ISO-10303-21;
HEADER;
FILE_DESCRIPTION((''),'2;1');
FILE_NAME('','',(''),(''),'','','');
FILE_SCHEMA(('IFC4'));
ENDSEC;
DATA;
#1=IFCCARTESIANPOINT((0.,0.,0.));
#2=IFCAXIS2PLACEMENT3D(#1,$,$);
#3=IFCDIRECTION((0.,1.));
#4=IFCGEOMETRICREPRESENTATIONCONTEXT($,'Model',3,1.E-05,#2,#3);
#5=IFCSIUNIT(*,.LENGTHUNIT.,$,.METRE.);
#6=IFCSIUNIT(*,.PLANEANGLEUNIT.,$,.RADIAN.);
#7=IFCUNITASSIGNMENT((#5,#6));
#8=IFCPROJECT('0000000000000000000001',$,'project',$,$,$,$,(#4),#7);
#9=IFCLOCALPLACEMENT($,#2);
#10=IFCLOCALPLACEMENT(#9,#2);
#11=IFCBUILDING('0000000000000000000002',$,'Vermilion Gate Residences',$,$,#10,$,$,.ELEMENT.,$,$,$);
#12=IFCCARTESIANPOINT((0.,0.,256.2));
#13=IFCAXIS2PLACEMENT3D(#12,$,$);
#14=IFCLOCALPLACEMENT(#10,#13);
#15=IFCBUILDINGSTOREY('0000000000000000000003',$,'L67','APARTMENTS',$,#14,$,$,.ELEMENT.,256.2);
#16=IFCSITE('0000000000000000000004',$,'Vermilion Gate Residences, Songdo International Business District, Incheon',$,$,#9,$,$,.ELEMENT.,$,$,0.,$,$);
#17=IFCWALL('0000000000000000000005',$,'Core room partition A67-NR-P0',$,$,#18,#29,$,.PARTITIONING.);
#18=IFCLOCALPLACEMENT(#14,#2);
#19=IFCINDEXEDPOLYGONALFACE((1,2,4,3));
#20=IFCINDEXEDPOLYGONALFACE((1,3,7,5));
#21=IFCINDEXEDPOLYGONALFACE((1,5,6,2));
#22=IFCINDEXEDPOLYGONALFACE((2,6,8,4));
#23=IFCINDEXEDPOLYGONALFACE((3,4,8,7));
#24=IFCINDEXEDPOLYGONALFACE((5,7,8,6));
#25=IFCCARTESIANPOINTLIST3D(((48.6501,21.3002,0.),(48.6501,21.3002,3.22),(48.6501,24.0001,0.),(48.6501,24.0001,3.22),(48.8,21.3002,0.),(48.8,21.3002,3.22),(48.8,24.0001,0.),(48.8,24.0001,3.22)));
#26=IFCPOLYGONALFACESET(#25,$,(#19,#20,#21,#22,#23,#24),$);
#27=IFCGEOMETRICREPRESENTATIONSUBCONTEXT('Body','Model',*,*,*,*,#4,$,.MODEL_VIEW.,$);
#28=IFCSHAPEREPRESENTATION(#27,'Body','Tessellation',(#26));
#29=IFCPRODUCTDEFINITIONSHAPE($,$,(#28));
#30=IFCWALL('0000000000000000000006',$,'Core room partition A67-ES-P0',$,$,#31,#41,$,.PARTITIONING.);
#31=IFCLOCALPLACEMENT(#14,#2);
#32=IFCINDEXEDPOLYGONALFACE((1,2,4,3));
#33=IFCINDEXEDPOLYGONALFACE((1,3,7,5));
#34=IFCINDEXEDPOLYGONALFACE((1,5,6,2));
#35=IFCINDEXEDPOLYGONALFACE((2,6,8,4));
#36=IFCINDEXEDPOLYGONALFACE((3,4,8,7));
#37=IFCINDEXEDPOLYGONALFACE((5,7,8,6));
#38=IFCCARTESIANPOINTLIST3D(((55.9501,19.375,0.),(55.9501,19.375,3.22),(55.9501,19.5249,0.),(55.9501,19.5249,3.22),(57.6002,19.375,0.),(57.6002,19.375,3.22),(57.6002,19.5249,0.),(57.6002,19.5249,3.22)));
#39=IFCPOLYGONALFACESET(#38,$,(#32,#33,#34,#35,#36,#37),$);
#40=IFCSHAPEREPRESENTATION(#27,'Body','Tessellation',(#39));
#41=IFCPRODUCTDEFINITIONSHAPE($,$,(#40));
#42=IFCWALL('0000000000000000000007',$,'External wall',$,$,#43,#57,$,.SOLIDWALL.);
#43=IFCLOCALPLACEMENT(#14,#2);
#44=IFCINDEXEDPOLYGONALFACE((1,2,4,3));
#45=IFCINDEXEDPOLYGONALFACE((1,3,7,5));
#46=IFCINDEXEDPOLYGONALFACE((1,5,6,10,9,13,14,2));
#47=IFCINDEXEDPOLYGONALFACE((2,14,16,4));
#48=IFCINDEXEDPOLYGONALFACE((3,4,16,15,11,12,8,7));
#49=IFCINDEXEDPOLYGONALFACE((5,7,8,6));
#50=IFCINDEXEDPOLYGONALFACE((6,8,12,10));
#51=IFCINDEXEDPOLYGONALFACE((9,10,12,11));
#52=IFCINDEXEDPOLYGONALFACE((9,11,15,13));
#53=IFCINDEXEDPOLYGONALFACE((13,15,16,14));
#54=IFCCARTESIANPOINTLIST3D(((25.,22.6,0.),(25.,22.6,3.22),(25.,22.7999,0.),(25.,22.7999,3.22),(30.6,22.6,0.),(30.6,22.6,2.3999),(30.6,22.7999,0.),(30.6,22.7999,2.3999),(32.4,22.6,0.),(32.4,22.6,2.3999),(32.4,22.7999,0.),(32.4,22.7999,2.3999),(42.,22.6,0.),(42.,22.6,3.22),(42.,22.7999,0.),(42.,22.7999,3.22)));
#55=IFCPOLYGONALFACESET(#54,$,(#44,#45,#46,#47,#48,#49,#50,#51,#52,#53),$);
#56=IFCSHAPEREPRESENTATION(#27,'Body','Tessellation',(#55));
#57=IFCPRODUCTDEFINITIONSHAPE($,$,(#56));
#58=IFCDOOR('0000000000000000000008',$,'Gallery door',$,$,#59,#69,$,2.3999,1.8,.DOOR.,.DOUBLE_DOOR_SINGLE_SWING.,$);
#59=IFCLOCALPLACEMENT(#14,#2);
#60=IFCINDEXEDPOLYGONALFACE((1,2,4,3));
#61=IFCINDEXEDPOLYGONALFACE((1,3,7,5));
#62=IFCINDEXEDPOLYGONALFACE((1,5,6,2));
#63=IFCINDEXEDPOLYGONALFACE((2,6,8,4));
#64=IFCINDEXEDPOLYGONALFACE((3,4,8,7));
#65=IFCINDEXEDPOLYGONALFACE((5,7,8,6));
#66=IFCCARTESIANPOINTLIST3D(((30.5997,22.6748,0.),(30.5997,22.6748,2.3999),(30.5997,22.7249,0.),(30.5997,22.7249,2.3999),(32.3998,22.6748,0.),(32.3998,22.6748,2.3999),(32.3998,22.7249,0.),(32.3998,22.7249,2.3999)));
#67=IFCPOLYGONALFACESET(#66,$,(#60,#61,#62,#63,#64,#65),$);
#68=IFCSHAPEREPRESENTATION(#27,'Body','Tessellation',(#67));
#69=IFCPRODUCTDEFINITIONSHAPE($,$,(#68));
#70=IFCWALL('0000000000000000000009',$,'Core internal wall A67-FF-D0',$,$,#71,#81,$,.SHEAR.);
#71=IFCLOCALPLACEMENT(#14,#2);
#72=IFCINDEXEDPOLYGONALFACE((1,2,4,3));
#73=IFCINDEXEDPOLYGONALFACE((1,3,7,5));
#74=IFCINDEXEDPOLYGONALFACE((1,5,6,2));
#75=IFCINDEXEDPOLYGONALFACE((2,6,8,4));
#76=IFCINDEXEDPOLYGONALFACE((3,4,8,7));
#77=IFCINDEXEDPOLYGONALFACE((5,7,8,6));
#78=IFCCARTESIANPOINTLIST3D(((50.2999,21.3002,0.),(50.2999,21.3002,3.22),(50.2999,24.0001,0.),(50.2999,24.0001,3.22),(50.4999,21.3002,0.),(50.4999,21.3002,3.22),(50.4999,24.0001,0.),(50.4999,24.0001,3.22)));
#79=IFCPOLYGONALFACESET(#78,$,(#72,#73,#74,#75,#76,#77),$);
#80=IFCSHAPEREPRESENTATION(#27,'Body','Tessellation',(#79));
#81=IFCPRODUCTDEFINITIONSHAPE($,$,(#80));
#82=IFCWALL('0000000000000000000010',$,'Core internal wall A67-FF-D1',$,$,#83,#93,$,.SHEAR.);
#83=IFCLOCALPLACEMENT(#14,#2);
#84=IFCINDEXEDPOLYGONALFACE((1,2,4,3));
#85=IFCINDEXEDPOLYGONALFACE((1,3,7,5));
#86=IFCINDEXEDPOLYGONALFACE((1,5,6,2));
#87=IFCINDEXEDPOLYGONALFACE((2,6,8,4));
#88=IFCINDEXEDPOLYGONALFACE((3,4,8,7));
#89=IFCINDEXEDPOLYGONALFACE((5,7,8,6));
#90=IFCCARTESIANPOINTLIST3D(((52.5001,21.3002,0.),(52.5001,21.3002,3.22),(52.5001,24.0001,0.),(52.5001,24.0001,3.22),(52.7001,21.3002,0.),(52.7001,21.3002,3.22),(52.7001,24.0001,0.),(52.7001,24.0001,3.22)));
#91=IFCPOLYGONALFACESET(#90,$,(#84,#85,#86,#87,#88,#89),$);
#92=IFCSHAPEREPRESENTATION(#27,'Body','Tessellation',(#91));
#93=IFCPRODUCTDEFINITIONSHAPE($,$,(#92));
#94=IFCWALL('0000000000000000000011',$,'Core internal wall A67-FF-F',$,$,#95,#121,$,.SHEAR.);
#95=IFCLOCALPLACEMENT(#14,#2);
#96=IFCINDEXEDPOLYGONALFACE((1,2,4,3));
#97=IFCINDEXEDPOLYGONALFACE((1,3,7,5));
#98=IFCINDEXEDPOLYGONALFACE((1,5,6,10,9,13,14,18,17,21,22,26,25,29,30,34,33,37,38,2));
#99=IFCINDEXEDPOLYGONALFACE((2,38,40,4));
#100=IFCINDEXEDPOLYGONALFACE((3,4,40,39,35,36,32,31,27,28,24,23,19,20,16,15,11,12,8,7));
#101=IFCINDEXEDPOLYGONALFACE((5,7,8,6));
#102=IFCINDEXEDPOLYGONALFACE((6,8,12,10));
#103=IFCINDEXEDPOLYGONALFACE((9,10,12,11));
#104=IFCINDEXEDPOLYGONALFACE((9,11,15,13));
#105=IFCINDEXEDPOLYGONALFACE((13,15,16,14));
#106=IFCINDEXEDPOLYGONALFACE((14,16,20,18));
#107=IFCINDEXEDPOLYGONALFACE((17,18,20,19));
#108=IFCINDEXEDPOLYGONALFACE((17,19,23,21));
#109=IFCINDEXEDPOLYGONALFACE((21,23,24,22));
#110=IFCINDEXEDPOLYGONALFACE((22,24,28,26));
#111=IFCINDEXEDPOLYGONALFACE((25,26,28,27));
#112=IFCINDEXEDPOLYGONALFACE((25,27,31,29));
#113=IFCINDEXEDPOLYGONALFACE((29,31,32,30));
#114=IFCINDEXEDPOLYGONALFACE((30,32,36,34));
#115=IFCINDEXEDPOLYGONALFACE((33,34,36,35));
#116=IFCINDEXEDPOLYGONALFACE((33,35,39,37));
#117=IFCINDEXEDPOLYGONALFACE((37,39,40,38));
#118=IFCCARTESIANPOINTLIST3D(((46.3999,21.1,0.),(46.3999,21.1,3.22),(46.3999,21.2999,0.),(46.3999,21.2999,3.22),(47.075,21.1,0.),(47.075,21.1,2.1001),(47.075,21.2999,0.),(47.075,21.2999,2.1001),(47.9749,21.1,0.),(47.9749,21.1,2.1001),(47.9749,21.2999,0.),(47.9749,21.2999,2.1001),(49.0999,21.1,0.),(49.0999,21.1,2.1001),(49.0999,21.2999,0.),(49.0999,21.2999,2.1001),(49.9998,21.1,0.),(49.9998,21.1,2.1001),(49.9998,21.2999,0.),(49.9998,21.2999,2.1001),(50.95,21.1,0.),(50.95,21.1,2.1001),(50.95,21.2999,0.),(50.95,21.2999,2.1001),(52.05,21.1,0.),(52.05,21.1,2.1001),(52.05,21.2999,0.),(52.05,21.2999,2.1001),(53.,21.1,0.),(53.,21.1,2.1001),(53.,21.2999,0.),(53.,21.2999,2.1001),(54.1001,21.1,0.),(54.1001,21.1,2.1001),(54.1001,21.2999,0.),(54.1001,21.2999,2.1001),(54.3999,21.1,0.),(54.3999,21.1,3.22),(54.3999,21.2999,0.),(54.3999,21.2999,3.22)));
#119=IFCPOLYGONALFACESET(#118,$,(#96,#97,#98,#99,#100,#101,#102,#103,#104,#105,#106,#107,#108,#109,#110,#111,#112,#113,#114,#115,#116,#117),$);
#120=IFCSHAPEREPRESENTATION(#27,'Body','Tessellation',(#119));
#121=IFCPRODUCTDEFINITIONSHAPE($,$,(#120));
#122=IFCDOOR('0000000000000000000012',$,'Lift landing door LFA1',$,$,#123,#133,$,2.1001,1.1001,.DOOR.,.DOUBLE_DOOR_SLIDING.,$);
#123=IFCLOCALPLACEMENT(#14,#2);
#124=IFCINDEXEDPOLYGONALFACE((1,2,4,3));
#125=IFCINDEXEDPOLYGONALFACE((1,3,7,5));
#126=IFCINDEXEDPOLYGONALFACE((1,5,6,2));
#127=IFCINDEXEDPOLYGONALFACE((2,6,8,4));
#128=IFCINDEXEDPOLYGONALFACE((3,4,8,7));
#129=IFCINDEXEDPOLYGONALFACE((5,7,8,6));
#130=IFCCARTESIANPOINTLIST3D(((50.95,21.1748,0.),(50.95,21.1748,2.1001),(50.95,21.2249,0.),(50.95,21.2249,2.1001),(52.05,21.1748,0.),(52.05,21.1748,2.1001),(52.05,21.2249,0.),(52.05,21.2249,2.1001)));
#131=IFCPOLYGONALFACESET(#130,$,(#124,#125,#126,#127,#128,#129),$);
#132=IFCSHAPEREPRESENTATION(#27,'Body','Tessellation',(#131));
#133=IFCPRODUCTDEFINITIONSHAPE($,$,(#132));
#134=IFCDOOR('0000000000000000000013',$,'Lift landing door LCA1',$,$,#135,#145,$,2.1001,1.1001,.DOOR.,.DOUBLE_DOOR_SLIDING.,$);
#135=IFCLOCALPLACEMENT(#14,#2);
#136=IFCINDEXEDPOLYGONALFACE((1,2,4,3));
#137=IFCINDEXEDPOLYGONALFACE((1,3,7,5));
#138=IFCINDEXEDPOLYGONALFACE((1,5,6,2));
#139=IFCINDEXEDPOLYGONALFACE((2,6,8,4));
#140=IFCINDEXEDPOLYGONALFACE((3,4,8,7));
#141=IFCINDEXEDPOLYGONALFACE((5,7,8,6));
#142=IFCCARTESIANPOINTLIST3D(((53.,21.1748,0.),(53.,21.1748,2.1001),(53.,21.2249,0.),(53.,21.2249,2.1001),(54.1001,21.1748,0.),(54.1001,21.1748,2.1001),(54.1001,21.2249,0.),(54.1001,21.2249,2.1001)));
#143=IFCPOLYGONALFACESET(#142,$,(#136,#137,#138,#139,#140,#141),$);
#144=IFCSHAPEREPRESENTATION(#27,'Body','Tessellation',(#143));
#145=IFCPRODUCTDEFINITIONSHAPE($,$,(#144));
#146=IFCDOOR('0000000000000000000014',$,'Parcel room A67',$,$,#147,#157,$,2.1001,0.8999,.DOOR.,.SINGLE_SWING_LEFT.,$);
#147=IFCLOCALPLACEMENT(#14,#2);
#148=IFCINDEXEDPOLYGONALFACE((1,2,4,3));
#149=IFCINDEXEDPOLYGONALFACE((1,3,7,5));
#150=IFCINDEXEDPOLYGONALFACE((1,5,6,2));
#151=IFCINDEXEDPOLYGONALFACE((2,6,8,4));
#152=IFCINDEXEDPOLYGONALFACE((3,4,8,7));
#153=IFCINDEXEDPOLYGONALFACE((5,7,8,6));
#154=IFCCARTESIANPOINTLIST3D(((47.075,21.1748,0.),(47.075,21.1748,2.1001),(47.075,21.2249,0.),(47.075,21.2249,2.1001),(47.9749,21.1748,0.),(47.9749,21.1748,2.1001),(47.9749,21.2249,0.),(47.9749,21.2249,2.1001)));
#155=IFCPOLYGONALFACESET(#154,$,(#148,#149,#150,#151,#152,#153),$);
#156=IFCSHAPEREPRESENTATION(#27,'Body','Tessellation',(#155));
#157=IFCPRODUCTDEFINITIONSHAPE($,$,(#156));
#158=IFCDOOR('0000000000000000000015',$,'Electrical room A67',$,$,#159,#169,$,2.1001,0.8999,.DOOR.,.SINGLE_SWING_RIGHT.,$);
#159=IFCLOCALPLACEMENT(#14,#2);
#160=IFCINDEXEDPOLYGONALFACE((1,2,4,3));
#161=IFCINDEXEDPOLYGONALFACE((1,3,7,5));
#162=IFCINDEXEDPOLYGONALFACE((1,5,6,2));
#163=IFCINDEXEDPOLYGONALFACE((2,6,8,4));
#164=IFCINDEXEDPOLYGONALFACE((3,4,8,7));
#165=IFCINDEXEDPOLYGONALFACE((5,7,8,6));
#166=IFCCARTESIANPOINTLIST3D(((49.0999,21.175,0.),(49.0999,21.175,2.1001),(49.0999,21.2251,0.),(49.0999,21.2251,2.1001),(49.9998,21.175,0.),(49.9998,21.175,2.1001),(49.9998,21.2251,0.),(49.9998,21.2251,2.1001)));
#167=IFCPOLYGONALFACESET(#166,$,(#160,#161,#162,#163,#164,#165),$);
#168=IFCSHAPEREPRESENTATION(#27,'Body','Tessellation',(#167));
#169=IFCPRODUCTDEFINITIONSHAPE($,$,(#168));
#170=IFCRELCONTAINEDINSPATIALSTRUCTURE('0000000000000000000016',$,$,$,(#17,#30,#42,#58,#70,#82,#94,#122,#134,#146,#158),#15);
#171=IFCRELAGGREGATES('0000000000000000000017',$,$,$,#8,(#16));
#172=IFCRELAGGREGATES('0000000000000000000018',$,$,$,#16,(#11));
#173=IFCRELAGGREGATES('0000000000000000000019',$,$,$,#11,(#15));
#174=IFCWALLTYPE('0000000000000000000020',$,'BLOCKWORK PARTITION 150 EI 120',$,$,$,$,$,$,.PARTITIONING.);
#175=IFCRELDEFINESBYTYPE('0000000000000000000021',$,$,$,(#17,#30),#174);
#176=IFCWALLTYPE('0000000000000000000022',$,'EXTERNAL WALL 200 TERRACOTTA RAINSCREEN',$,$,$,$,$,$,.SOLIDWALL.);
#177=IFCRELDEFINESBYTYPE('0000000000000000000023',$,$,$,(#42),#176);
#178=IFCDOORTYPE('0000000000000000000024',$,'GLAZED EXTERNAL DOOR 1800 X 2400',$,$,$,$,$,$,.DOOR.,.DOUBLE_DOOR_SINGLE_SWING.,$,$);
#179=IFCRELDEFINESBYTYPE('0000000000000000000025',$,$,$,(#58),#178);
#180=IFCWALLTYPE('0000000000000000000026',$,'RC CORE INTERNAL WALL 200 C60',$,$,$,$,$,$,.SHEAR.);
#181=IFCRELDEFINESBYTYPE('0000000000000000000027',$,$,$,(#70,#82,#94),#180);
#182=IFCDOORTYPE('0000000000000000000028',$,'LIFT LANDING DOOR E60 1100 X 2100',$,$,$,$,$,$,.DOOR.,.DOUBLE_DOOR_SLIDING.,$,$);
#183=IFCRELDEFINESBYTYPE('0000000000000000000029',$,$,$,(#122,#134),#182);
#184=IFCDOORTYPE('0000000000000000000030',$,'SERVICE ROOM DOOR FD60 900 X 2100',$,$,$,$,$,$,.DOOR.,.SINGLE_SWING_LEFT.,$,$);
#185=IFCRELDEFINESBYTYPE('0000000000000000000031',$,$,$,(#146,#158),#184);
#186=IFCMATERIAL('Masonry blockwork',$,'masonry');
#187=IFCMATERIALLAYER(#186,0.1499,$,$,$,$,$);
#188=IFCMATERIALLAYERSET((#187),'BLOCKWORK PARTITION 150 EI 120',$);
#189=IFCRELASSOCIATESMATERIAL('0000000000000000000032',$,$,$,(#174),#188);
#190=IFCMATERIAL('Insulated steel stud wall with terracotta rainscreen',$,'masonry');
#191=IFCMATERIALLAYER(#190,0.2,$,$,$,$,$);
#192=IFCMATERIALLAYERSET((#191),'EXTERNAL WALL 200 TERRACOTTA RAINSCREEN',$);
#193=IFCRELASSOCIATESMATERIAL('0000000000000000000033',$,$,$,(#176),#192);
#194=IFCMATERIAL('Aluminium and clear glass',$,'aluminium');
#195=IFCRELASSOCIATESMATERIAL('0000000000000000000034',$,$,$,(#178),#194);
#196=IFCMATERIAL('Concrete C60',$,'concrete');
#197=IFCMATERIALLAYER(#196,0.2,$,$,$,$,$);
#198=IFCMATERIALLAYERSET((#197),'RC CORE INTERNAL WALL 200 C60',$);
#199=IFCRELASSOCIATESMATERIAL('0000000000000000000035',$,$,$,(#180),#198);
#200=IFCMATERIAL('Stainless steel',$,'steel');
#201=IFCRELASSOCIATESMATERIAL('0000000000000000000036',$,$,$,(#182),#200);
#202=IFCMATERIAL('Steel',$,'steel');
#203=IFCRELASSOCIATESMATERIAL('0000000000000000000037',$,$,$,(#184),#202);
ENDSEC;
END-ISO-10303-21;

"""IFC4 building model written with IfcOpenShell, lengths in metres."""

from ifc_helpers import new_model, si_unit, direction, frame, frame_2d, origin, place, context, subcontext, project, spatial, rectangle, extrude, material, layer, layer_set, type_object, element, fill, save


model = new_model("IFC4")

# Units and contexts
model_context = context("Model", 3, precision=1e-05, world=origin(), true_north=direction((0.0, 1.0)))
body_context = subcontext(model_context, "Body", "Model", "MODEL_VIEW")
ifc_project = project(units=[si_unit("LENGTHUNIT", "METRE"), si_unit("PLANEANGLEUNIT", "RADIAN")], contexts=[model_context])

# Site, building, storey
site_placement = place(None, origin())
site = spatial("IfcSite", under=ifc_project, at=site_placement, Name="Vermilion Gate Residences, Songdo International Business District, Incheon", CompositionType="ELEMENT", RefElevation=0.0)
building_placement = place(site_placement, origin())
building = spatial("IfcBuilding", under=site, at=building_placement, Name="Vermilion Gate Residences", CompositionType="ELEMENT")
storey_placement = place(building_placement, frame((0.0, 0.0, 256.2)))
storey = spatial("IfcBuildingStorey", under=building, at=storey_placement, Name="L67", Description="APARTMENTS", CompositionType="ELEMENT", Elevation=256.2)

# Walls
ifc_material_1 = material(Name="Masonry blockwork", Category="masonry")
ifc_layer_1 = layer(ifc_material_1, 0.1499)
ifc_layer_set_1 = layer_set([ifc_layer_1], Name="BLOCKWORK PARTITION 150 EI 120")
wall_type_1 = type_object("IfcWallType", Name="BLOCKWORK PARTITION 150 EI 120", PredefinedType="PARTITIONING", material=ifc_layer_set_1)
wall_1_placement = place(storey_placement, frame((48.7251, 21.3, 0.0), z_axis=(0.0, 0.0, 1.0), x_axis=(0.0, 1.0, 0.0)))
element("IfcWall", 1, at=wall_1_placement, inside=storey, type_object=wall_type_1, Name="Core room partition A67-NR-P0", PredefinedType="PARTITIONING", context=body_context, shape_type="SweptSolid", body=[
    extrude(rectangle(XDim=2.7, YDim=0.1499, at=frame_2d((1.3501, 0.0))), origin(), (0.0, 0.0, 1.0), 3.22),
])
wall_2_placement = place(storey_placement, frame((55.95, 19.45, 0.0), z_axis=(0.0, 0.0, 1.0), x_axis=(1.0, 0.0, 0.0)))
element("IfcWall", 2, at=wall_2_placement, inside=storey, type_object=wall_type_1, Name="Core room partition A67-ES-P0", PredefinedType="PARTITIONING", context=body_context, shape_type="SweptSolid", body=[
    extrude(rectangle(XDim=1.6501, YDim=0.1499, at=frame_2d((0.8252, 0.0))), origin(), (0.0, 0.0, 1.0), 3.22),
])

# Wall, opening, door
ifc_material_2 = material(Name="Insulated steel stud wall with terracotta rainscreen", Category="masonry")
ifc_layer_2 = layer(ifc_material_2, 0.2)
ifc_layer_set_2 = layer_set([ifc_layer_2], Name="EXTERNAL WALL 200 TERRACOTTA RAINSCREEN")
wall_type_2 = type_object("IfcWallType", Name="EXTERNAL WALL 200 TERRACOTTA RAINSCREEN", PredefinedType="SOLIDWALL", material=ifc_layer_set_2)
wall_3_placement = place(storey_placement, frame((42.0, 22.7, 0.0), z_axis=(0.0, 0.0, 1.0), x_axis=(-1.0, 0.0, 0.0)))
wall_3 = element("IfcWall", 3, at=wall_3_placement, inside=storey, type_object=wall_type_2, Name="External wall", PredefinedType="SOLIDWALL", context=body_context, shape_type="SweptSolid", body=[
    extrude(rectangle(XDim=17.0, YDim=0.2, at=frame_2d((8.5, 0.0))), origin(), (0.0, 0.0, 1.0), 3.22),
])
opening_1_placement = place(wall_3_placement, frame((9.6001, 0.0, 0.0)))
opening_1 = element("IfcOpeningElement", 4, at=opening_1_placement, cuts=wall_3, PredefinedType="OPENING", context=body_context, shape_type="SweptSolid", body=[
    extrude(rectangle(XDim=1.8, YDim=2.3999, at=frame_2d((0.8999, 1.2))), frame((0.0, 0.1099, 0.0), z_axis=(0.0, -1.0, 0.0), x_axis=(1.0, 0.0, 0.0)), (0.0, 0.0, 1.0), 0.22),
])
ifc_material_3 = material(Name="Aluminium and clear glass", Category="aluminium")
door_type_1 = type_object("IfcDoorType", Name="GLAZED EXTERNAL DOOR 1800 X 2400", OperationType="DOUBLE_DOOR_SINGLE_SWING", PredefinedType="DOOR", material=ifc_material_3)
door_1_placement = place(opening_1_placement, frame((1.8, 0.0, 0.0), z_axis=(0.0, 0.0, 1.0), x_axis=(-1.0, 0.0, 0.0)))
door_1 = element("IfcDoor", 5, at=door_1_placement, inside=storey, type_object=door_type_1, Name="Gallery door", OperationType="DOUBLE_DOOR_SINGLE_SWING", OverallHeight=2.3999, OverallWidth=1.8, PredefinedType="DOOR", context=body_context, shape_type="SweptSolid", body=[
    extrude(rectangle(XDim=1.8, YDim=2.3999, at=frame_2d((0.8999, 1.2))), frame((0.0, 0.0249, 0.0), z_axis=(0.0, -1.0, 0.0), x_axis=(1.0, 0.0, 0.0)), (0.0, 0.0, 1.0), 0.05),
])
fill(opening_1, door_1)

# Walls
ifc_material_4 = material(Name="Concrete C60", Category="concrete")
ifc_layer_3 = layer(ifc_material_4, 0.2)
ifc_layer_set_3 = layer_set([ifc_layer_3], Name="RC CORE INTERNAL WALL 200 C60")
wall_type_3 = type_object("IfcWallType", Name="RC CORE INTERNAL WALL 200 C60", PredefinedType="SHEAR", material=ifc_layer_set_3)
for number, where, z_axis, x_axis, name in (
    (6, (50.3999, 21.3, 0.0), (0.0, 0.0, 1.0), (0.0, 1.0, 0.0), "Core internal wall A67-FF-D0"),
    (7, (52.6001, 21.3, 0.0), (0.0, 0.0, 1.0), (0.0, 1.0, 0.0), "Core internal wall A67-FF-D1"),
):
    element("IfcWall", number, at=place(storey_placement, frame(where, z_axis=z_axis, x_axis=x_axis)), inside=storey, type_object=wall_type_3, Name=name, PredefinedType="SHEAR", context=body_context, shape_type="SweptSolid", body=[
        extrude(rectangle(XDim=2.7, YDim=0.2, at=frame_2d((1.3501, 0.0))), origin(), (0.0, 0.0, 1.0), 3.22),
    ])

# Wall, openings, doors
wall_4_placement = place(storey_placement, frame((46.3999, 21.2, 0.0), z_axis=(0.0, 0.0, 1.0), x_axis=(1.0, 0.0, 0.0)))
wall_4 = element("IfcWall", 8, at=wall_4_placement, inside=storey, type_object=wall_type_3, Name="Core internal wall A67-FF-F", PredefinedType="SHEAR", context=body_context, shape_type="SweptSolid", body=[
    extrude(rectangle(XDim=8.0, YDim=0.2, at=frame_2d((4.0, 0.0))), origin(), (0.0, 0.0, 1.0), 3.22),
])
opening_2_placement = place(wall_4_placement, frame((0.675, 0.0, 0.0)))
opening_2 = element("IfcOpeningElement", 9, at=opening_2_placement, cuts=wall_4, PredefinedType="OPENING", context=body_context, shape_type="SweptSolid", body=[
    extrude(rectangle(XDim=0.8999, YDim=2.1001, at=frame_2d((0.45, 1.05))), frame((0.0, 0.1099, 0.0), z_axis=(0.0, -1.0, 0.0), x_axis=(1.0, 0.0, 0.0)), (0.0, 0.0, 1.0), 0.22),
])
opening_3_placement = place(wall_4_placement, frame((2.7, 0.0, 0.0)))
opening_3 = element("IfcOpeningElement", 10, at=opening_3_placement, cuts=wall_4, PredefinedType="OPENING", context=body_context, shape_type="SweptSolid", body=[
    extrude(rectangle(XDim=0.8999, YDim=2.1001, at=frame_2d((0.45, 1.05))), frame((0.0, 0.1099, 0.0), z_axis=(0.0, -1.0, 0.0), x_axis=(1.0, 0.0, 0.0)), (0.0, 0.0, 1.0), 0.22),
])
opening_4_placement = place(wall_4_placement, frame((4.55, 0.0, 0.0)))
opening_4 = element("IfcOpeningElement", 11, at=opening_4_placement, cuts=wall_4, PredefinedType="OPENING", context=body_context, shape_type="SweptSolid", body=[
    extrude(rectangle(XDim=1.1001, YDim=2.1001, at=frame_2d((0.55, 1.05))), frame((0.0, 0.1099, 0.0), z_axis=(0.0, -1.0, 0.0), x_axis=(1.0, 0.0, 0.0)), (0.0, 0.0, 1.0), 0.22),
])
opening_5_placement = place(wall_4_placement, frame((6.6001, 0.0, 0.0)))
opening_5 = element("IfcOpeningElement", 12, at=opening_5_placement, cuts=wall_4, PredefinedType="OPENING", context=body_context, shape_type="SweptSolid", body=[
    extrude(rectangle(XDim=1.1001, YDim=2.1001, at=frame_2d((0.55, 1.05))), frame((0.0, 0.1099, 0.0), z_axis=(0.0, -1.0, 0.0), x_axis=(1.0, 0.0, 0.0)), (0.0, 0.0, 1.0), 0.22),
])
ifc_material_5 = material(Name="Stainless steel", Category="steel")
door_type_2 = type_object("IfcDoorType", Name="LIFT LANDING DOOR E60 1100 X 2100", OperationType="DOUBLE_DOOR_SLIDING", PredefinedType="DOOR", material=ifc_material_5)
door_2_placement = place(opening_4_placement, origin())
door_2 = element("IfcDoor", 13, at=door_2_placement, inside=storey, type_object=door_type_2, Name="Lift landing door LFA1", OperationType="DOUBLE_DOOR_SLIDING", OverallHeight=2.1001, OverallWidth=1.1001, PredefinedType="DOOR", context=body_context, shape_type="SweptSolid", body=[
    extrude(rectangle(XDim=1.1001, YDim=2.1001, at=frame_2d((0.55, 1.05))), frame((0.0, 0.0249, 0.0), z_axis=(0.0, -1.0, 0.0), x_axis=(1.0, 0.0, 0.0)), (0.0, 0.0, 1.0), 0.05),
])
fill(opening_4, door_2)
door_3_placement = place(opening_5_placement, origin())
door_3 = element("IfcDoor", 14, at=door_3_placement, inside=storey, type_object=door_type_2, Name="Lift landing door LCA1", OperationType="DOUBLE_DOOR_SLIDING", OverallHeight=2.1001, OverallWidth=1.1001, PredefinedType="DOOR", context=body_context, shape_type="SweptSolid", body=[
    extrude(rectangle(XDim=1.1001, YDim=2.1001, at=frame_2d((0.55, 1.05))), frame((0.0, 0.0249, 0.0), z_axis=(0.0, -1.0, 0.0), x_axis=(1.0, 0.0, 0.0)), (0.0, 0.0, 1.0), 0.05),
])
fill(opening_5, door_3)
ifc_material_6 = material(Name="Steel", Category="steel")
door_type_3 = type_object("IfcDoorType", Name="SERVICE ROOM DOOR FD60 900 X 2100", OperationType="SINGLE_SWING_LEFT", PredefinedType="DOOR", material=ifc_material_6)
door_4_placement = place(opening_2_placement, origin())
door_4 = element("IfcDoor", 15, at=door_4_placement, inside=storey, type_object=door_type_3, Name="Parcel room A67", OperationType="SINGLE_SWING_LEFT", OverallHeight=2.1001, OverallWidth=0.8999, PredefinedType="DOOR", context=body_context, shape_type="SweptSolid", body=[
    extrude(rectangle(XDim=0.8999, YDim=2.1001, at=frame_2d((0.45, 1.05))), frame((0.0, 0.0249, 0.0), z_axis=(0.0, -1.0, 0.0), x_axis=(1.0, 0.0, 0.0)), (0.0, 0.0, 1.0), 0.05),
])
fill(opening_2, door_4)
door_5_placement = place(opening_3_placement, frame((0.8999, 0.0, 0.0), z_axis=(0.0, 0.0, 1.0), x_axis=(-1.0, 0.0, 0.0)))
door_5 = element("IfcDoor", 16, at=door_5_placement, inside=storey, type_object=door_type_3, Name="Electrical room A67", OperationType="SINGLE_SWING_RIGHT", OverallHeight=2.1001, OverallWidth=0.8999, PredefinedType="DOOR", context=body_context, shape_type="SweptSolid", body=[
    extrude(rectangle(XDim=0.8999, YDim=2.1001, at=frame_2d((0.45, 1.05))), frame((0.0, 0.0249, 0.0), z_axis=(0.0, -1.0, 0.0), x_axis=(1.0, 0.0, 0.0)), (0.0, 0.0, 1.0), 0.05),
])
fill(opening_3, door_5)

save(model, "model.ifc")
